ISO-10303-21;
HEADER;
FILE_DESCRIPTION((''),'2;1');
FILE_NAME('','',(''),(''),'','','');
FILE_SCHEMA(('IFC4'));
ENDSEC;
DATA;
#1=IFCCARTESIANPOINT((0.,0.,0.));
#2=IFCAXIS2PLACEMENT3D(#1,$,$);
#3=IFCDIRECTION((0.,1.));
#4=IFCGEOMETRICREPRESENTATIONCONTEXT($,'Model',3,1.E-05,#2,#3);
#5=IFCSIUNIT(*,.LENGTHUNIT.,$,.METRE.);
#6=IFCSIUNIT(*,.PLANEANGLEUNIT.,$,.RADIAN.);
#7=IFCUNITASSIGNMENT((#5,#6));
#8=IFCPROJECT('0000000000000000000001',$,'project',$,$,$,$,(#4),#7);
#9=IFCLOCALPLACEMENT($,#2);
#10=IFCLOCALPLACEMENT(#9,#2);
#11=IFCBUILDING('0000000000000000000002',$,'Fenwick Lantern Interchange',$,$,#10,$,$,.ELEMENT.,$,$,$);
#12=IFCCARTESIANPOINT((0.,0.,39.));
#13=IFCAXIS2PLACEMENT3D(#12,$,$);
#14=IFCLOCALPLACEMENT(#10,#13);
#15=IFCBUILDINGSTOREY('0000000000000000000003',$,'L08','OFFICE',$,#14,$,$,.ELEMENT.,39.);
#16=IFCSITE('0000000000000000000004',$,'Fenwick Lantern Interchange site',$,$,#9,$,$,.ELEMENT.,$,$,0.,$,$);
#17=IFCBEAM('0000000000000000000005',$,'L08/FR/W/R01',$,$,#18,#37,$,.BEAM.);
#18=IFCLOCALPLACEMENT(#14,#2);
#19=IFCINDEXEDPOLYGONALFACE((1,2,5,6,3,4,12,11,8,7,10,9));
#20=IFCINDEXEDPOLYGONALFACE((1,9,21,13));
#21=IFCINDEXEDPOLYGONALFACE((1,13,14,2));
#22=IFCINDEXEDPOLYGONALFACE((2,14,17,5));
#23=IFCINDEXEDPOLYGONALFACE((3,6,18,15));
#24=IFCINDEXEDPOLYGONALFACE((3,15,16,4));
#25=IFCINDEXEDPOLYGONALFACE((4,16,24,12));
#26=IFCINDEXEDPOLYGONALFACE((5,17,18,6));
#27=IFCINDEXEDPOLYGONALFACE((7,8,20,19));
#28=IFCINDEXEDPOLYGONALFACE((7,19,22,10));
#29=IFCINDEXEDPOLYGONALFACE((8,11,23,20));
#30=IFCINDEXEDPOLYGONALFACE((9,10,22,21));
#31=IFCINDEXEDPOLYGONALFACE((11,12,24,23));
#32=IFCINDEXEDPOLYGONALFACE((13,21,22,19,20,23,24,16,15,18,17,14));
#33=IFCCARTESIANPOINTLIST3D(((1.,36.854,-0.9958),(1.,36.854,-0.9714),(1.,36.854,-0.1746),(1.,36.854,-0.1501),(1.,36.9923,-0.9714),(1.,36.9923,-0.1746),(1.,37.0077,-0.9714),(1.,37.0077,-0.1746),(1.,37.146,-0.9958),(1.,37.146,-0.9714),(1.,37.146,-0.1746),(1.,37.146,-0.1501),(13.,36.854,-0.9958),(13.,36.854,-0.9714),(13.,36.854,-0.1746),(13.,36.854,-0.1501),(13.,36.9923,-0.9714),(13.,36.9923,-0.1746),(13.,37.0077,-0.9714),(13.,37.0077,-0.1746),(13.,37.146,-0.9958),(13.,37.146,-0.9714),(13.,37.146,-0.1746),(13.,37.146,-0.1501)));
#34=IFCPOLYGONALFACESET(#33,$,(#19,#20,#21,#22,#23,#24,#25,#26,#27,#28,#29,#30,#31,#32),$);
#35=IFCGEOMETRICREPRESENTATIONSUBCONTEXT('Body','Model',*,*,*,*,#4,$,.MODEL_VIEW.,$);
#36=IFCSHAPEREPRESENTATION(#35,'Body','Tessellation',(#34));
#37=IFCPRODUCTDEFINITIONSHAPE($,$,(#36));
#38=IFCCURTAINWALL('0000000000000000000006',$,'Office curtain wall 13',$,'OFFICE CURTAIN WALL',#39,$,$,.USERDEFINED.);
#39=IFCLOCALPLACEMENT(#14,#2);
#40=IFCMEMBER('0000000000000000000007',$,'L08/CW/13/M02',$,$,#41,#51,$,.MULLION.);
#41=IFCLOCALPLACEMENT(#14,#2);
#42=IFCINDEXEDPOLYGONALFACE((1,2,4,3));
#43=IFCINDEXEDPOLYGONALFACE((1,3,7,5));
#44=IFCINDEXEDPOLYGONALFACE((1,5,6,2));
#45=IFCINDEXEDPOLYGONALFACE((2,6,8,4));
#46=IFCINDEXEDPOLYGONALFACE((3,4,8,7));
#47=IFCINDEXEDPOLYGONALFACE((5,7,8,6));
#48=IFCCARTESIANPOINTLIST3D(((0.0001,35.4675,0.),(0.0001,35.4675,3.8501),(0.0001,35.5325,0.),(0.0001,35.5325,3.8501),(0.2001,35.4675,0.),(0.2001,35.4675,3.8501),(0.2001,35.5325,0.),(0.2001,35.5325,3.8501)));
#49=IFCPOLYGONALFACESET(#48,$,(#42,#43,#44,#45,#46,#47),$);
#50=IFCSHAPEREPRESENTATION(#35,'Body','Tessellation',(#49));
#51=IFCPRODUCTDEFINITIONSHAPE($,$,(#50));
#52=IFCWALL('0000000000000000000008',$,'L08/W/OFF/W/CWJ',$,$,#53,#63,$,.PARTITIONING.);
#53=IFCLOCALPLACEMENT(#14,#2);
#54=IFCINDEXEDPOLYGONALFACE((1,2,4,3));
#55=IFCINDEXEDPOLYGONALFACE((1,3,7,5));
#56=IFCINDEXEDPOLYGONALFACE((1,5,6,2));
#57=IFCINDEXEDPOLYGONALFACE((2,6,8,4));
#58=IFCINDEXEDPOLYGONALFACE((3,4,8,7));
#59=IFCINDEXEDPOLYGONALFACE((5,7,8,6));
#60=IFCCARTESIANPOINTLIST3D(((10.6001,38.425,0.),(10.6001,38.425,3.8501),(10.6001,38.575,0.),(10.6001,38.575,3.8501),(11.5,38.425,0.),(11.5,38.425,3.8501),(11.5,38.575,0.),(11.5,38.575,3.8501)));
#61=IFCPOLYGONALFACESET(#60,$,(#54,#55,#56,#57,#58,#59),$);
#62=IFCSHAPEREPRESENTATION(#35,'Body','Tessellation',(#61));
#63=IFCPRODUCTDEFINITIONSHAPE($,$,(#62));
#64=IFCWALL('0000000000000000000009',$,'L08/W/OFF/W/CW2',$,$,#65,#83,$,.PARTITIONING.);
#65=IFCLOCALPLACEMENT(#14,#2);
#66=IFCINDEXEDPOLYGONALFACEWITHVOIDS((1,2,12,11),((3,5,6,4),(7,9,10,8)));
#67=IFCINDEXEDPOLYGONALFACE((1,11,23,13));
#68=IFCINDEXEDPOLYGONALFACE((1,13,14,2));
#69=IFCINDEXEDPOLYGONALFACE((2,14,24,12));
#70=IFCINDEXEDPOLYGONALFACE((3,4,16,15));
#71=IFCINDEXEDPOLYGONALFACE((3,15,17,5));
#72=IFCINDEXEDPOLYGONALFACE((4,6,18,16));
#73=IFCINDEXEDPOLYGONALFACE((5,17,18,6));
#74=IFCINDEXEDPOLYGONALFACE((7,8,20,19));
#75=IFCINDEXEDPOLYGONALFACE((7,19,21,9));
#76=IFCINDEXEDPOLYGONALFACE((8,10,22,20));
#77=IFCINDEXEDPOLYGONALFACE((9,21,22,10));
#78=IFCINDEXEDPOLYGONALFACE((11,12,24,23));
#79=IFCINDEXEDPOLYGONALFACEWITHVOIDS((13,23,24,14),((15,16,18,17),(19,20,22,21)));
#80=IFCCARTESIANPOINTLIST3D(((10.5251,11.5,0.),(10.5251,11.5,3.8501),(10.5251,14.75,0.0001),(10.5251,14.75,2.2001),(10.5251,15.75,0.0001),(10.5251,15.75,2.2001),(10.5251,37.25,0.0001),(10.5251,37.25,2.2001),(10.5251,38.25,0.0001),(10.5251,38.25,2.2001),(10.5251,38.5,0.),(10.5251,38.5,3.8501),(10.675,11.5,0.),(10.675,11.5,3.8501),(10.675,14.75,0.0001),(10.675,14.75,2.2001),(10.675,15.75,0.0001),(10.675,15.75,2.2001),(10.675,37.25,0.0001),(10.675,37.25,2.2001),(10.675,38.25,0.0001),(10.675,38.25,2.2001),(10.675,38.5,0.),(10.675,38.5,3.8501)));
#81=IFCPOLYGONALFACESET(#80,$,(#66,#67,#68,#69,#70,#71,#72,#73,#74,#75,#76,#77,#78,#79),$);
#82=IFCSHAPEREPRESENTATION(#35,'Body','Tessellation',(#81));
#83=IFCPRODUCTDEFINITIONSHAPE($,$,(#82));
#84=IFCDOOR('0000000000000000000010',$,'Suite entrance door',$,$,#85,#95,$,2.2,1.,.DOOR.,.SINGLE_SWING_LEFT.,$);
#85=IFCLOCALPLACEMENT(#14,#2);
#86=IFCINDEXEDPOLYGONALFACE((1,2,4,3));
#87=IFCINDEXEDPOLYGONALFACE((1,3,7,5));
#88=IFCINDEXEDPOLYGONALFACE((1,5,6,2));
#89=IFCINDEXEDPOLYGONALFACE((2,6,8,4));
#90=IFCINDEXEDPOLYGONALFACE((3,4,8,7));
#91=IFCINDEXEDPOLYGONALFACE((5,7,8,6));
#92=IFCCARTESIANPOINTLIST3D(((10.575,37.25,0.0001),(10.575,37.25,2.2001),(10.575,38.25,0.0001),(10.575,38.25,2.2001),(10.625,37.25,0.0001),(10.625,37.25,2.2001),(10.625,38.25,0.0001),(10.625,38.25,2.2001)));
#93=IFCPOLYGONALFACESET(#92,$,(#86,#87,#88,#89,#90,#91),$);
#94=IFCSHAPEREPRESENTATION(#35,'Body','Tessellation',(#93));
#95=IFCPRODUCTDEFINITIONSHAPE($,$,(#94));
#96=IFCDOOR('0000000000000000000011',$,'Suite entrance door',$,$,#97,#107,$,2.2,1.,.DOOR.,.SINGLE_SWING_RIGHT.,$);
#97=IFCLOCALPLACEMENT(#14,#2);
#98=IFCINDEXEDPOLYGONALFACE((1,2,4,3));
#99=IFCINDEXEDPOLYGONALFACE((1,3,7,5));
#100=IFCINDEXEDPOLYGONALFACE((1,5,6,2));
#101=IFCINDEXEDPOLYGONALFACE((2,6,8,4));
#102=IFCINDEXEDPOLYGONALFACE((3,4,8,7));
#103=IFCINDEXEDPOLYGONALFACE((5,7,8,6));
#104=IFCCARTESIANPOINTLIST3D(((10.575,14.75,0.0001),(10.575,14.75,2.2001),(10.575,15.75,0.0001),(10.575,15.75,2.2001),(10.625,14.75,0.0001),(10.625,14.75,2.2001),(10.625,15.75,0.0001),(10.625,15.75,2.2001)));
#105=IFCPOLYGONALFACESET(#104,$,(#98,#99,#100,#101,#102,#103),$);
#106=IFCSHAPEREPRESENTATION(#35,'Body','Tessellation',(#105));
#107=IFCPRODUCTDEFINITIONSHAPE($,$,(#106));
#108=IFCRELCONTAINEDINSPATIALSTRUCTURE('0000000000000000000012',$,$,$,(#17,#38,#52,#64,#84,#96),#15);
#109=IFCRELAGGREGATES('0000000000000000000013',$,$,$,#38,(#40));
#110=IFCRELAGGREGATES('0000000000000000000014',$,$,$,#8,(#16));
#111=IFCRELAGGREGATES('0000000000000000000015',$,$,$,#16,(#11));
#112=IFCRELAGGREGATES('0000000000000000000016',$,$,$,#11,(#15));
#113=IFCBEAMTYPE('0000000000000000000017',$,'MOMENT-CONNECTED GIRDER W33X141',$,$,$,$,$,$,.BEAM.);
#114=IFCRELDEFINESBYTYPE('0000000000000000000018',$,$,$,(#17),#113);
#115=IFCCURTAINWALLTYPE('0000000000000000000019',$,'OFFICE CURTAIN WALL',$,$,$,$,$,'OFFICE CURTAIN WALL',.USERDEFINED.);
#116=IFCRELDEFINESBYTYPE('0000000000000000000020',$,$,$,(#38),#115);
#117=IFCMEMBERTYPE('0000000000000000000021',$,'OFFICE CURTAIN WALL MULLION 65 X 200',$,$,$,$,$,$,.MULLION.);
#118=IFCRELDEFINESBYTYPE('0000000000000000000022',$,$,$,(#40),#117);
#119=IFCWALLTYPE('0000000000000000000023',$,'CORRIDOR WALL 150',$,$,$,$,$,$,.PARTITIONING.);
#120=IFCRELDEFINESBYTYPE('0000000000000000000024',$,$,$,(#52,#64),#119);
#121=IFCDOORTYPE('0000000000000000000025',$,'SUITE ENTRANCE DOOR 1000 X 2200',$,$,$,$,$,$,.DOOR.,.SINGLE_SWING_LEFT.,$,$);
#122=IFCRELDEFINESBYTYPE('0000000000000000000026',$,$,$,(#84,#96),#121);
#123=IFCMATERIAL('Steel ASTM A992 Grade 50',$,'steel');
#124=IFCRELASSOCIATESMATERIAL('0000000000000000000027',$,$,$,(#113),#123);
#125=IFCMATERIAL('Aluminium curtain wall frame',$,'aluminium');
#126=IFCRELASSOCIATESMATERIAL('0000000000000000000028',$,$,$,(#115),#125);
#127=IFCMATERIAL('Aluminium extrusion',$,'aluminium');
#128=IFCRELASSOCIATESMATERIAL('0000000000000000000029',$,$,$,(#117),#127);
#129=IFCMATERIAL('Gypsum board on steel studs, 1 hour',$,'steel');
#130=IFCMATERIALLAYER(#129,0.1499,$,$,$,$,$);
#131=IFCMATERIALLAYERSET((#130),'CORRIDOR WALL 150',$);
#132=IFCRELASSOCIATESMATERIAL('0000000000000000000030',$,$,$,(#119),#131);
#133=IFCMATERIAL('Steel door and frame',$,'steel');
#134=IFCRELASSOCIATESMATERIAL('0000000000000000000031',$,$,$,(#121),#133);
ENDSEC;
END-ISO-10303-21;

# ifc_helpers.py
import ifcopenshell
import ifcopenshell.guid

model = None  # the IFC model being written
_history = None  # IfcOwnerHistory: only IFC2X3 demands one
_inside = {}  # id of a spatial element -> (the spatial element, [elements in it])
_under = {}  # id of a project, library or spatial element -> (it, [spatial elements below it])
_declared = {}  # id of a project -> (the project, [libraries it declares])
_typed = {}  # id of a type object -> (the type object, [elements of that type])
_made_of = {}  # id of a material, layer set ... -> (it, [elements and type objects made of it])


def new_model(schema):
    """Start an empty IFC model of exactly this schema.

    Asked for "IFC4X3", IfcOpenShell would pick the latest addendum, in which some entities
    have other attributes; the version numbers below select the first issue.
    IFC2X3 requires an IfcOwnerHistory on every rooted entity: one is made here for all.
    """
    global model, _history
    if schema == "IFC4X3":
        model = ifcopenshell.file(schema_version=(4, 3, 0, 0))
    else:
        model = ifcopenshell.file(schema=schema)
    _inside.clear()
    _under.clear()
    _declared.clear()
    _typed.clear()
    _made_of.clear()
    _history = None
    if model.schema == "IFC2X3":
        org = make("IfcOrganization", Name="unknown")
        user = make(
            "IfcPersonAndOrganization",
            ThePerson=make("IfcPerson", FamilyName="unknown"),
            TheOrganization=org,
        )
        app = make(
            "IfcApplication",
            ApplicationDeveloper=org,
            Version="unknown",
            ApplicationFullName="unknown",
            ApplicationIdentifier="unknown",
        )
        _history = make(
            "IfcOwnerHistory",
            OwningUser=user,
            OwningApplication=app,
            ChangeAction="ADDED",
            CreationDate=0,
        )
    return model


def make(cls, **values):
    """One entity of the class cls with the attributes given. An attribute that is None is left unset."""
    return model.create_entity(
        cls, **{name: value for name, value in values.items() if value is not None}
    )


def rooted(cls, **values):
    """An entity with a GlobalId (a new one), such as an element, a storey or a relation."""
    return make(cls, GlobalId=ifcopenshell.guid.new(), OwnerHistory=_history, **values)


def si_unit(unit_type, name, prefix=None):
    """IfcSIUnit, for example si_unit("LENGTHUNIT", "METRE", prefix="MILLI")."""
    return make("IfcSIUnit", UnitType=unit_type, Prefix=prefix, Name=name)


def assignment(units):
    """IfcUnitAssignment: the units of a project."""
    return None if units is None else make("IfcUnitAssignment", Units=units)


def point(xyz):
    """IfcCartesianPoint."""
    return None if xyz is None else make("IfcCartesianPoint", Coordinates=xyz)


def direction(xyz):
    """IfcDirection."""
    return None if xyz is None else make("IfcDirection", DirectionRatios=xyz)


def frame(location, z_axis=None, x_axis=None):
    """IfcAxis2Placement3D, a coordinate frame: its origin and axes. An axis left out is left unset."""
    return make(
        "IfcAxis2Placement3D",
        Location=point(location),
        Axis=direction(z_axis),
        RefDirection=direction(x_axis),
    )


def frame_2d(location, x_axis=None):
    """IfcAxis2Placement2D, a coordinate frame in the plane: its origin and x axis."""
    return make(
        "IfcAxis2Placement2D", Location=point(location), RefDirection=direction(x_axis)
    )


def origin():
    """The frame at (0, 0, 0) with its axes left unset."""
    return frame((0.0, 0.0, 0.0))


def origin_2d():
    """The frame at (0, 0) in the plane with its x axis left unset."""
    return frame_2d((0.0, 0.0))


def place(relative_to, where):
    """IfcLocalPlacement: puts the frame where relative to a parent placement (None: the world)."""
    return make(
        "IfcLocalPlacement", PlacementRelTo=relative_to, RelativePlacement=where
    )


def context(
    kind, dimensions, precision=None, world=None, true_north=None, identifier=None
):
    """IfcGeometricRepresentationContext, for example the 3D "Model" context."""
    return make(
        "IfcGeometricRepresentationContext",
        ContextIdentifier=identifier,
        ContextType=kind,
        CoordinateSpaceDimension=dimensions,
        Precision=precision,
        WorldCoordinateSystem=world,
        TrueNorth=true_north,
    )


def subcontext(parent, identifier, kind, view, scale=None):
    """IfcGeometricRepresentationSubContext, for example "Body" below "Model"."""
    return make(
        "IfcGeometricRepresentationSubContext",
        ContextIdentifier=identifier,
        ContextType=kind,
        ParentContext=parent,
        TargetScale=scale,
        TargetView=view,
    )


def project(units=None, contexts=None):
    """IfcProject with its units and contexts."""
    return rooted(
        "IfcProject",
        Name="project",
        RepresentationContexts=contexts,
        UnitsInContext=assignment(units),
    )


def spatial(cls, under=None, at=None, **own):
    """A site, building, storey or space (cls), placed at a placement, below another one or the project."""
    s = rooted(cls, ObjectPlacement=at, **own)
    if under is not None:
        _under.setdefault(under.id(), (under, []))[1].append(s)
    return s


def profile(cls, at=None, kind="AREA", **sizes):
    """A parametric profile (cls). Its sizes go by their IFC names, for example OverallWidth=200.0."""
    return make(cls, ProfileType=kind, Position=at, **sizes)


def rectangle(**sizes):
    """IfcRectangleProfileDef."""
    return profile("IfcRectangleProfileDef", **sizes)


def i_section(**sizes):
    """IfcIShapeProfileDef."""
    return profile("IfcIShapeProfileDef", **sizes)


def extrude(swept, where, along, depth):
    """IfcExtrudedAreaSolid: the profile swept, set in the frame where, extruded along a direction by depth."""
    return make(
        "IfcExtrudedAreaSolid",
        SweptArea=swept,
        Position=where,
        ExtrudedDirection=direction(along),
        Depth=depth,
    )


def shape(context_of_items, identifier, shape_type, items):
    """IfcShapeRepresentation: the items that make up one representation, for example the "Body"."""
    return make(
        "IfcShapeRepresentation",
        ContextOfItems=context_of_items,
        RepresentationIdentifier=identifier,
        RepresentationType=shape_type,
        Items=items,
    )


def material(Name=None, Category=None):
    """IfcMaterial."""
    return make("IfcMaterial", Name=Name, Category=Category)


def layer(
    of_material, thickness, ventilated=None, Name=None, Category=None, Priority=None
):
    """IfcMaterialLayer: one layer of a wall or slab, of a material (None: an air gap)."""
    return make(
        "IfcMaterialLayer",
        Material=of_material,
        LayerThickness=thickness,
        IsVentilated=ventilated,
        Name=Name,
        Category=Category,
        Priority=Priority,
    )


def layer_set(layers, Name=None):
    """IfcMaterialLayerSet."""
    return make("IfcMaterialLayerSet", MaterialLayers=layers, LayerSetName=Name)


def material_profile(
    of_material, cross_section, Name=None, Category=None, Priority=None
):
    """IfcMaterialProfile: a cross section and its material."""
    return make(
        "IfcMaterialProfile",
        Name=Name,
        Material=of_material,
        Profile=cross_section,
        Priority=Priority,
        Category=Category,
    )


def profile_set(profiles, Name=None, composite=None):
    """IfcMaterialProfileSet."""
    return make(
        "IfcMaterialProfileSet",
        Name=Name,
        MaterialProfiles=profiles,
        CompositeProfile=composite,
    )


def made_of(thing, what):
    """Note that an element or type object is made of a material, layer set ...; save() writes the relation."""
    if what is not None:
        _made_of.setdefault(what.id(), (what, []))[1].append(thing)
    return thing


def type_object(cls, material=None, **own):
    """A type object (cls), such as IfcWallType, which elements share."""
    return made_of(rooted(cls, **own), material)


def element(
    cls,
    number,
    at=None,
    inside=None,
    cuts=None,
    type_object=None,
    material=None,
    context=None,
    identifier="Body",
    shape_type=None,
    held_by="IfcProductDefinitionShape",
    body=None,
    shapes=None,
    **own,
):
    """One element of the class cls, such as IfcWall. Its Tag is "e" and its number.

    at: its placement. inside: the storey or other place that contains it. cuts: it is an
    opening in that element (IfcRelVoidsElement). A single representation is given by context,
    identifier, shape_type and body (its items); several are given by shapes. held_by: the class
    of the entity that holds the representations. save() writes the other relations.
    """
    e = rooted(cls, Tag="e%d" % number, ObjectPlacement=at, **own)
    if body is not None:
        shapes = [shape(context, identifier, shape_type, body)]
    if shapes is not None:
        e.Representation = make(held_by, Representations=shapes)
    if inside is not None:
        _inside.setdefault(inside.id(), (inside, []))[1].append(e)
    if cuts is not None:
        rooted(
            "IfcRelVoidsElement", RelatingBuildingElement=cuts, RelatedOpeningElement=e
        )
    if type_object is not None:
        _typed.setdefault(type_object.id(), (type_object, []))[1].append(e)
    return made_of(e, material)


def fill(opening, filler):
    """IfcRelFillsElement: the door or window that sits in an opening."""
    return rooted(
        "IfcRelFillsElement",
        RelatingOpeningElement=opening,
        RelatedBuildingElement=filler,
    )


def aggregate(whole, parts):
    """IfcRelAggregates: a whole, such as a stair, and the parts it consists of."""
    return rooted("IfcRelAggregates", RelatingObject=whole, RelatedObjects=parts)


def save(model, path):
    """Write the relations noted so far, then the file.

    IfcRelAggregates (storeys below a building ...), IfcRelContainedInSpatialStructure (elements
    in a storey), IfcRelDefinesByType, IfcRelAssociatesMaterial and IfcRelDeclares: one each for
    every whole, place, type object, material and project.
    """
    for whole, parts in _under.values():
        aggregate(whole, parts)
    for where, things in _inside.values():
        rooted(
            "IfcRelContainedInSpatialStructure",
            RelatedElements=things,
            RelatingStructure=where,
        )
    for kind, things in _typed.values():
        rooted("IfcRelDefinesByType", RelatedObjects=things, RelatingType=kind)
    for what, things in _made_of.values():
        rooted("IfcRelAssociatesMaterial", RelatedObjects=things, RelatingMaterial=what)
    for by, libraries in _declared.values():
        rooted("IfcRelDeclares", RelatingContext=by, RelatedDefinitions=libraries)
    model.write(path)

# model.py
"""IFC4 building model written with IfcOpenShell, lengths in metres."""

from ifc_helpers import new_model, si_unit, direction, frame, frame_2d, origin, origin_2d, place, context, subcontext, project, spatial, rectangle, i_section, extrude, material, layer, layer_set, material_profile, profile_set, type_object, element, fill, aggregate, save


model = new_model("IFC4")

# Units and contexts
model_context = context("Model", 3, precision=1e-05, world=origin(), true_north=direction((0.0, 1.0)))
body_context = subcontext(model_context, "Body", "Model", "MODEL_VIEW")
ifc_project = project(units=[si_unit("LENGTHUNIT", "METRE"), si_unit("PLANEANGLEUNIT", "RADIAN")], contexts=[model_context])

# Site, building, storey
site_placement = place(None, origin())
site = spatial("IfcSite", under=ifc_project, at=site_placement, Name="Fenwick Lantern Interchange site", CompositionType="ELEMENT", RefElevation=0.0)
building_placement = place(site_placement, origin())
building = spatial("IfcBuilding", under=site, at=building_placement, Name="Fenwick Lantern Interchange", CompositionType="ELEMENT")
storey_placement = place(building_placement, frame((0.0, 0.0, 39.0)))
storey = spatial("IfcBuildingStorey", under=building, at=storey_placement, Name="L08", Description="OFFICE", CompositionType="ELEMENT", Elevation=39.0)

# Beam
ifc_material_1 = material(Name="Steel ASTM A992 Grade 50", Category="steel")
ifc_material_profile_1 = material_profile(ifc_material_1, i_section(OverallWidth=0.292, OverallDepth=0.8457, WebThickness=0.0154, FlangeThickness=0.0244, at=origin_2d()), Name="W33X141")
ifc_profile_set_1 = profile_set([ifc_material_profile_1], Name="Steel ASTM A992 Grade 50")
beam_type_1 = type_object("IfcBeamType", Name="MOMENT-CONNECTED GIRDER W33X141", PredefinedType="BEAM", material=ifc_profile_set_1)
beam_1_placement = place(storey_placement, frame((1.0, 37.0, -0.573), z_axis=(1.0, 0.0, 0.0), x_axis=(0.0, 1.0, 0.0)))
element("IfcBeam", 1, at=beam_1_placement, inside=storey, type_object=beam_type_1, Name="L08/FR/W/R01", PredefinedType="BEAM", context=body_context, shape_type="SweptSolid", body=[
    extrude(i_section(OverallWidth=0.292, OverallDepth=0.8457, WebThickness=0.0154, FlangeThickness=0.0244, at=origin_2d()), origin(), (0.0, 0.0, 1.0), 12.0),
])

# Curtain wall, member
ifc_material_2 = material(Name="Aluminium curtain wall frame", Category="aluminium")
curtain_wall_type = type_object("IfcCurtainWallType", Name="OFFICE CURTAIN WALL", ElementType="OFFICE CURTAIN WALL", PredefinedType="USERDEFINED", material=ifc_material_2)
curtain_wall_placement = place(storey_placement, origin())
curtain_wall = element("IfcCurtainWall", 2, at=curtain_wall_placement, inside=storey, type_object=curtain_wall_type, Name="Office curtain wall 13", ObjectType="OFFICE CURTAIN WALL", PredefinedType="USERDEFINED")
ifc_material_3 = material(Name="Aluminium extrusion", Category="aluminium")
ifc_material_profile_2 = material_profile(ifc_material_3, rectangle(XDim=0.2, YDim=0.0649, at=origin_2d()), Name="OFFICE CURTAIN WALL MULLION 65 X 200")
ifc_profile_set_2 = profile_set([ifc_material_profile_2], Name="Aluminium extrusion")
member_type = type_object("IfcMemberType", Name="OFFICE CURTAIN WALL MULLION 65 X 200", PredefinedType="MULLION", material=ifc_profile_set_2)
member_placement = place(storey_placement, frame((0.1001, 35.5, 0.0), z_axis=(0.0, 0.0, 1.0), x_axis=(1.0, 0.0, 0.0)))
member = element("IfcMember", 3, at=member_placement, type_object=member_type, Name="L08/CW/13/M02", PredefinedType="MULLION", context=body_context, shape_type="SweptSolid", body=[
    extrude(rectangle(XDim=0.2, YDim=0.0649, at=origin_2d()), origin(), (0.0, 0.0, 1.0), 3.8501),
])
aggregate(curtain_wall, [member])

# Shared definitions
ifc_material_4 = material(Name="Steel door and frame", Category="steel")

# Wall
ifc_material_5 = material(Name="Gypsum board on steel studs, 1 hour", Category="steel")
ifc_layer_1 = layer(ifc_material_5, 0.1499)
ifc_layer_set_1 = layer_set([ifc_layer_1], Name="CORRIDOR WALL 150")
wall_type_1 = type_object("IfcWallType", Name="CORRIDOR WALL 150", PredefinedType="PARTITIONING", material=ifc_layer_set_1)
wall_1_placement = place(storey_placement, frame((11.5, 38.5, 0.0), z_axis=(0.0, 0.0, 1.0), x_axis=(-1.0, 0.0, 0.0)))
element("IfcWall", 4, at=wall_1_placement, inside=storey, type_object=wall_type_1, Name="L08/W/OFF/W/CWJ", PredefinedType="PARTITIONING", context=body_context, shape_type="SweptSolid", body=[
    extrude(rectangle(XDim=0.8999, YDim=0.1499, at=frame_2d((0.45, 0.0))), origin(), (0.0, 0.0, 1.0), 3.8501),
])

# Wall, openings, doors
wall_2_placement = place(storey_placement, frame((10.6001, 38.5, 0.0), z_axis=(0.0, 0.0, 1.0), x_axis=(0.0, -1.0, 0.0)))
wall_2 = element("IfcWall", 5, at=wall_2_placement, inside=storey, type_object=wall_type_1, Name="L08/W/OFF/W/CW2", PredefinedType="PARTITIONING", context=body_context, shape_type="SweptSolid", body=[
    extrude(rectangle(XDim=27.0, YDim=0.1499, at=frame_2d((13.5, 0.0))), origin(), (0.0, 0.0, 1.0), 3.8501),
])
opening_1_placement = place(wall_2_placement, frame((0.25, 0.0, 0.0)))
opening_1 = element("IfcOpeningElement", 6, at=opening_1_placement, cuts=wall_2, PredefinedType="OPENING", context=body_context, shape_type="SweptSolid", body=[
    extrude(rectangle(XDim=1.0, YDim=2.2, at=frame_2d((0.5, 1.1001))), frame((0.0, 0.085, 0.0), z_axis=(0.0, -1.0, 0.0), x_axis=(1.0, 0.0, 0.0)), (0.0, 0.0, 1.0), 0.1699),
])
opening_2_placement = place(wall_2_placement, frame((22.75, 0.0, 0.0)))
opening_2 = element("IfcOpeningElement", 7, at=opening_2_placement, cuts=wall_2, PredefinedType="OPENING", context=body_context, shape_type="SweptSolid", body=[
    extrude(rectangle(XDim=1.0, YDim=2.2, at=frame_2d((0.5, 1.1001))), frame((0.0, 0.085, 0.0), z_axis=(0.0, -1.0, 0.0), x_axis=(1.0, 0.0, 0.0)), (0.0, 0.0, 1.0), 0.1699),
])
door_type_1 = type_object("IfcDoorType", Name="SUITE ENTRANCE DOOR 1000 X 2200", OperationType="SINGLE_SWING_LEFT", PredefinedType="DOOR", material=ifc_material_4)
door_1_placement = place(opening_1_placement, origin())
door_1 = element("IfcDoor", 8, at=door_1_placement, inside=storey, type_object=door_type_1, Name="Suite entrance door", OperationType="SINGLE_SWING_LEFT", OverallHeight=2.2, OverallWidth=1.0, PredefinedType="DOOR", context=body_context, shape_type="SweptSolid", body=[
    extrude(rectangle(XDim=1.0, YDim=2.2, at=frame_2d((0.5, 1.1001))), frame((0.0, 0.0249, 0.0), z_axis=(0.0, -1.0, 0.0), x_axis=(1.0, 0.0, 0.0)), (0.0, 0.0, 1.0), 0.05),
])
fill(opening_1, door_1)
door_2_placement = place(opening_2_placement, origin())
door_2 = element("IfcDoor", 9, at=door_2_placement, inside=storey, type_object=door_type_1, Name="Suite entrance door", OperationType="SINGLE_SWING_RIGHT", OverallHeight=2.2, OverallWidth=1.0, PredefinedType="DOOR", context=body_context, shape_type="SweptSolid", body=[
    extrude(rectangle(XDim=1.0, YDim=2.2, at=frame_2d((0.5, 1.1001))), frame((0.0, 0.0249, 0.0), z_axis=(0.0, -1.0, 0.0), x_axis=(1.0, 0.0, 0.0)), (0.0, 0.0, 1.0), 0.05),
])
fill(opening_2, door_2)

save(model, "model.ifc")
